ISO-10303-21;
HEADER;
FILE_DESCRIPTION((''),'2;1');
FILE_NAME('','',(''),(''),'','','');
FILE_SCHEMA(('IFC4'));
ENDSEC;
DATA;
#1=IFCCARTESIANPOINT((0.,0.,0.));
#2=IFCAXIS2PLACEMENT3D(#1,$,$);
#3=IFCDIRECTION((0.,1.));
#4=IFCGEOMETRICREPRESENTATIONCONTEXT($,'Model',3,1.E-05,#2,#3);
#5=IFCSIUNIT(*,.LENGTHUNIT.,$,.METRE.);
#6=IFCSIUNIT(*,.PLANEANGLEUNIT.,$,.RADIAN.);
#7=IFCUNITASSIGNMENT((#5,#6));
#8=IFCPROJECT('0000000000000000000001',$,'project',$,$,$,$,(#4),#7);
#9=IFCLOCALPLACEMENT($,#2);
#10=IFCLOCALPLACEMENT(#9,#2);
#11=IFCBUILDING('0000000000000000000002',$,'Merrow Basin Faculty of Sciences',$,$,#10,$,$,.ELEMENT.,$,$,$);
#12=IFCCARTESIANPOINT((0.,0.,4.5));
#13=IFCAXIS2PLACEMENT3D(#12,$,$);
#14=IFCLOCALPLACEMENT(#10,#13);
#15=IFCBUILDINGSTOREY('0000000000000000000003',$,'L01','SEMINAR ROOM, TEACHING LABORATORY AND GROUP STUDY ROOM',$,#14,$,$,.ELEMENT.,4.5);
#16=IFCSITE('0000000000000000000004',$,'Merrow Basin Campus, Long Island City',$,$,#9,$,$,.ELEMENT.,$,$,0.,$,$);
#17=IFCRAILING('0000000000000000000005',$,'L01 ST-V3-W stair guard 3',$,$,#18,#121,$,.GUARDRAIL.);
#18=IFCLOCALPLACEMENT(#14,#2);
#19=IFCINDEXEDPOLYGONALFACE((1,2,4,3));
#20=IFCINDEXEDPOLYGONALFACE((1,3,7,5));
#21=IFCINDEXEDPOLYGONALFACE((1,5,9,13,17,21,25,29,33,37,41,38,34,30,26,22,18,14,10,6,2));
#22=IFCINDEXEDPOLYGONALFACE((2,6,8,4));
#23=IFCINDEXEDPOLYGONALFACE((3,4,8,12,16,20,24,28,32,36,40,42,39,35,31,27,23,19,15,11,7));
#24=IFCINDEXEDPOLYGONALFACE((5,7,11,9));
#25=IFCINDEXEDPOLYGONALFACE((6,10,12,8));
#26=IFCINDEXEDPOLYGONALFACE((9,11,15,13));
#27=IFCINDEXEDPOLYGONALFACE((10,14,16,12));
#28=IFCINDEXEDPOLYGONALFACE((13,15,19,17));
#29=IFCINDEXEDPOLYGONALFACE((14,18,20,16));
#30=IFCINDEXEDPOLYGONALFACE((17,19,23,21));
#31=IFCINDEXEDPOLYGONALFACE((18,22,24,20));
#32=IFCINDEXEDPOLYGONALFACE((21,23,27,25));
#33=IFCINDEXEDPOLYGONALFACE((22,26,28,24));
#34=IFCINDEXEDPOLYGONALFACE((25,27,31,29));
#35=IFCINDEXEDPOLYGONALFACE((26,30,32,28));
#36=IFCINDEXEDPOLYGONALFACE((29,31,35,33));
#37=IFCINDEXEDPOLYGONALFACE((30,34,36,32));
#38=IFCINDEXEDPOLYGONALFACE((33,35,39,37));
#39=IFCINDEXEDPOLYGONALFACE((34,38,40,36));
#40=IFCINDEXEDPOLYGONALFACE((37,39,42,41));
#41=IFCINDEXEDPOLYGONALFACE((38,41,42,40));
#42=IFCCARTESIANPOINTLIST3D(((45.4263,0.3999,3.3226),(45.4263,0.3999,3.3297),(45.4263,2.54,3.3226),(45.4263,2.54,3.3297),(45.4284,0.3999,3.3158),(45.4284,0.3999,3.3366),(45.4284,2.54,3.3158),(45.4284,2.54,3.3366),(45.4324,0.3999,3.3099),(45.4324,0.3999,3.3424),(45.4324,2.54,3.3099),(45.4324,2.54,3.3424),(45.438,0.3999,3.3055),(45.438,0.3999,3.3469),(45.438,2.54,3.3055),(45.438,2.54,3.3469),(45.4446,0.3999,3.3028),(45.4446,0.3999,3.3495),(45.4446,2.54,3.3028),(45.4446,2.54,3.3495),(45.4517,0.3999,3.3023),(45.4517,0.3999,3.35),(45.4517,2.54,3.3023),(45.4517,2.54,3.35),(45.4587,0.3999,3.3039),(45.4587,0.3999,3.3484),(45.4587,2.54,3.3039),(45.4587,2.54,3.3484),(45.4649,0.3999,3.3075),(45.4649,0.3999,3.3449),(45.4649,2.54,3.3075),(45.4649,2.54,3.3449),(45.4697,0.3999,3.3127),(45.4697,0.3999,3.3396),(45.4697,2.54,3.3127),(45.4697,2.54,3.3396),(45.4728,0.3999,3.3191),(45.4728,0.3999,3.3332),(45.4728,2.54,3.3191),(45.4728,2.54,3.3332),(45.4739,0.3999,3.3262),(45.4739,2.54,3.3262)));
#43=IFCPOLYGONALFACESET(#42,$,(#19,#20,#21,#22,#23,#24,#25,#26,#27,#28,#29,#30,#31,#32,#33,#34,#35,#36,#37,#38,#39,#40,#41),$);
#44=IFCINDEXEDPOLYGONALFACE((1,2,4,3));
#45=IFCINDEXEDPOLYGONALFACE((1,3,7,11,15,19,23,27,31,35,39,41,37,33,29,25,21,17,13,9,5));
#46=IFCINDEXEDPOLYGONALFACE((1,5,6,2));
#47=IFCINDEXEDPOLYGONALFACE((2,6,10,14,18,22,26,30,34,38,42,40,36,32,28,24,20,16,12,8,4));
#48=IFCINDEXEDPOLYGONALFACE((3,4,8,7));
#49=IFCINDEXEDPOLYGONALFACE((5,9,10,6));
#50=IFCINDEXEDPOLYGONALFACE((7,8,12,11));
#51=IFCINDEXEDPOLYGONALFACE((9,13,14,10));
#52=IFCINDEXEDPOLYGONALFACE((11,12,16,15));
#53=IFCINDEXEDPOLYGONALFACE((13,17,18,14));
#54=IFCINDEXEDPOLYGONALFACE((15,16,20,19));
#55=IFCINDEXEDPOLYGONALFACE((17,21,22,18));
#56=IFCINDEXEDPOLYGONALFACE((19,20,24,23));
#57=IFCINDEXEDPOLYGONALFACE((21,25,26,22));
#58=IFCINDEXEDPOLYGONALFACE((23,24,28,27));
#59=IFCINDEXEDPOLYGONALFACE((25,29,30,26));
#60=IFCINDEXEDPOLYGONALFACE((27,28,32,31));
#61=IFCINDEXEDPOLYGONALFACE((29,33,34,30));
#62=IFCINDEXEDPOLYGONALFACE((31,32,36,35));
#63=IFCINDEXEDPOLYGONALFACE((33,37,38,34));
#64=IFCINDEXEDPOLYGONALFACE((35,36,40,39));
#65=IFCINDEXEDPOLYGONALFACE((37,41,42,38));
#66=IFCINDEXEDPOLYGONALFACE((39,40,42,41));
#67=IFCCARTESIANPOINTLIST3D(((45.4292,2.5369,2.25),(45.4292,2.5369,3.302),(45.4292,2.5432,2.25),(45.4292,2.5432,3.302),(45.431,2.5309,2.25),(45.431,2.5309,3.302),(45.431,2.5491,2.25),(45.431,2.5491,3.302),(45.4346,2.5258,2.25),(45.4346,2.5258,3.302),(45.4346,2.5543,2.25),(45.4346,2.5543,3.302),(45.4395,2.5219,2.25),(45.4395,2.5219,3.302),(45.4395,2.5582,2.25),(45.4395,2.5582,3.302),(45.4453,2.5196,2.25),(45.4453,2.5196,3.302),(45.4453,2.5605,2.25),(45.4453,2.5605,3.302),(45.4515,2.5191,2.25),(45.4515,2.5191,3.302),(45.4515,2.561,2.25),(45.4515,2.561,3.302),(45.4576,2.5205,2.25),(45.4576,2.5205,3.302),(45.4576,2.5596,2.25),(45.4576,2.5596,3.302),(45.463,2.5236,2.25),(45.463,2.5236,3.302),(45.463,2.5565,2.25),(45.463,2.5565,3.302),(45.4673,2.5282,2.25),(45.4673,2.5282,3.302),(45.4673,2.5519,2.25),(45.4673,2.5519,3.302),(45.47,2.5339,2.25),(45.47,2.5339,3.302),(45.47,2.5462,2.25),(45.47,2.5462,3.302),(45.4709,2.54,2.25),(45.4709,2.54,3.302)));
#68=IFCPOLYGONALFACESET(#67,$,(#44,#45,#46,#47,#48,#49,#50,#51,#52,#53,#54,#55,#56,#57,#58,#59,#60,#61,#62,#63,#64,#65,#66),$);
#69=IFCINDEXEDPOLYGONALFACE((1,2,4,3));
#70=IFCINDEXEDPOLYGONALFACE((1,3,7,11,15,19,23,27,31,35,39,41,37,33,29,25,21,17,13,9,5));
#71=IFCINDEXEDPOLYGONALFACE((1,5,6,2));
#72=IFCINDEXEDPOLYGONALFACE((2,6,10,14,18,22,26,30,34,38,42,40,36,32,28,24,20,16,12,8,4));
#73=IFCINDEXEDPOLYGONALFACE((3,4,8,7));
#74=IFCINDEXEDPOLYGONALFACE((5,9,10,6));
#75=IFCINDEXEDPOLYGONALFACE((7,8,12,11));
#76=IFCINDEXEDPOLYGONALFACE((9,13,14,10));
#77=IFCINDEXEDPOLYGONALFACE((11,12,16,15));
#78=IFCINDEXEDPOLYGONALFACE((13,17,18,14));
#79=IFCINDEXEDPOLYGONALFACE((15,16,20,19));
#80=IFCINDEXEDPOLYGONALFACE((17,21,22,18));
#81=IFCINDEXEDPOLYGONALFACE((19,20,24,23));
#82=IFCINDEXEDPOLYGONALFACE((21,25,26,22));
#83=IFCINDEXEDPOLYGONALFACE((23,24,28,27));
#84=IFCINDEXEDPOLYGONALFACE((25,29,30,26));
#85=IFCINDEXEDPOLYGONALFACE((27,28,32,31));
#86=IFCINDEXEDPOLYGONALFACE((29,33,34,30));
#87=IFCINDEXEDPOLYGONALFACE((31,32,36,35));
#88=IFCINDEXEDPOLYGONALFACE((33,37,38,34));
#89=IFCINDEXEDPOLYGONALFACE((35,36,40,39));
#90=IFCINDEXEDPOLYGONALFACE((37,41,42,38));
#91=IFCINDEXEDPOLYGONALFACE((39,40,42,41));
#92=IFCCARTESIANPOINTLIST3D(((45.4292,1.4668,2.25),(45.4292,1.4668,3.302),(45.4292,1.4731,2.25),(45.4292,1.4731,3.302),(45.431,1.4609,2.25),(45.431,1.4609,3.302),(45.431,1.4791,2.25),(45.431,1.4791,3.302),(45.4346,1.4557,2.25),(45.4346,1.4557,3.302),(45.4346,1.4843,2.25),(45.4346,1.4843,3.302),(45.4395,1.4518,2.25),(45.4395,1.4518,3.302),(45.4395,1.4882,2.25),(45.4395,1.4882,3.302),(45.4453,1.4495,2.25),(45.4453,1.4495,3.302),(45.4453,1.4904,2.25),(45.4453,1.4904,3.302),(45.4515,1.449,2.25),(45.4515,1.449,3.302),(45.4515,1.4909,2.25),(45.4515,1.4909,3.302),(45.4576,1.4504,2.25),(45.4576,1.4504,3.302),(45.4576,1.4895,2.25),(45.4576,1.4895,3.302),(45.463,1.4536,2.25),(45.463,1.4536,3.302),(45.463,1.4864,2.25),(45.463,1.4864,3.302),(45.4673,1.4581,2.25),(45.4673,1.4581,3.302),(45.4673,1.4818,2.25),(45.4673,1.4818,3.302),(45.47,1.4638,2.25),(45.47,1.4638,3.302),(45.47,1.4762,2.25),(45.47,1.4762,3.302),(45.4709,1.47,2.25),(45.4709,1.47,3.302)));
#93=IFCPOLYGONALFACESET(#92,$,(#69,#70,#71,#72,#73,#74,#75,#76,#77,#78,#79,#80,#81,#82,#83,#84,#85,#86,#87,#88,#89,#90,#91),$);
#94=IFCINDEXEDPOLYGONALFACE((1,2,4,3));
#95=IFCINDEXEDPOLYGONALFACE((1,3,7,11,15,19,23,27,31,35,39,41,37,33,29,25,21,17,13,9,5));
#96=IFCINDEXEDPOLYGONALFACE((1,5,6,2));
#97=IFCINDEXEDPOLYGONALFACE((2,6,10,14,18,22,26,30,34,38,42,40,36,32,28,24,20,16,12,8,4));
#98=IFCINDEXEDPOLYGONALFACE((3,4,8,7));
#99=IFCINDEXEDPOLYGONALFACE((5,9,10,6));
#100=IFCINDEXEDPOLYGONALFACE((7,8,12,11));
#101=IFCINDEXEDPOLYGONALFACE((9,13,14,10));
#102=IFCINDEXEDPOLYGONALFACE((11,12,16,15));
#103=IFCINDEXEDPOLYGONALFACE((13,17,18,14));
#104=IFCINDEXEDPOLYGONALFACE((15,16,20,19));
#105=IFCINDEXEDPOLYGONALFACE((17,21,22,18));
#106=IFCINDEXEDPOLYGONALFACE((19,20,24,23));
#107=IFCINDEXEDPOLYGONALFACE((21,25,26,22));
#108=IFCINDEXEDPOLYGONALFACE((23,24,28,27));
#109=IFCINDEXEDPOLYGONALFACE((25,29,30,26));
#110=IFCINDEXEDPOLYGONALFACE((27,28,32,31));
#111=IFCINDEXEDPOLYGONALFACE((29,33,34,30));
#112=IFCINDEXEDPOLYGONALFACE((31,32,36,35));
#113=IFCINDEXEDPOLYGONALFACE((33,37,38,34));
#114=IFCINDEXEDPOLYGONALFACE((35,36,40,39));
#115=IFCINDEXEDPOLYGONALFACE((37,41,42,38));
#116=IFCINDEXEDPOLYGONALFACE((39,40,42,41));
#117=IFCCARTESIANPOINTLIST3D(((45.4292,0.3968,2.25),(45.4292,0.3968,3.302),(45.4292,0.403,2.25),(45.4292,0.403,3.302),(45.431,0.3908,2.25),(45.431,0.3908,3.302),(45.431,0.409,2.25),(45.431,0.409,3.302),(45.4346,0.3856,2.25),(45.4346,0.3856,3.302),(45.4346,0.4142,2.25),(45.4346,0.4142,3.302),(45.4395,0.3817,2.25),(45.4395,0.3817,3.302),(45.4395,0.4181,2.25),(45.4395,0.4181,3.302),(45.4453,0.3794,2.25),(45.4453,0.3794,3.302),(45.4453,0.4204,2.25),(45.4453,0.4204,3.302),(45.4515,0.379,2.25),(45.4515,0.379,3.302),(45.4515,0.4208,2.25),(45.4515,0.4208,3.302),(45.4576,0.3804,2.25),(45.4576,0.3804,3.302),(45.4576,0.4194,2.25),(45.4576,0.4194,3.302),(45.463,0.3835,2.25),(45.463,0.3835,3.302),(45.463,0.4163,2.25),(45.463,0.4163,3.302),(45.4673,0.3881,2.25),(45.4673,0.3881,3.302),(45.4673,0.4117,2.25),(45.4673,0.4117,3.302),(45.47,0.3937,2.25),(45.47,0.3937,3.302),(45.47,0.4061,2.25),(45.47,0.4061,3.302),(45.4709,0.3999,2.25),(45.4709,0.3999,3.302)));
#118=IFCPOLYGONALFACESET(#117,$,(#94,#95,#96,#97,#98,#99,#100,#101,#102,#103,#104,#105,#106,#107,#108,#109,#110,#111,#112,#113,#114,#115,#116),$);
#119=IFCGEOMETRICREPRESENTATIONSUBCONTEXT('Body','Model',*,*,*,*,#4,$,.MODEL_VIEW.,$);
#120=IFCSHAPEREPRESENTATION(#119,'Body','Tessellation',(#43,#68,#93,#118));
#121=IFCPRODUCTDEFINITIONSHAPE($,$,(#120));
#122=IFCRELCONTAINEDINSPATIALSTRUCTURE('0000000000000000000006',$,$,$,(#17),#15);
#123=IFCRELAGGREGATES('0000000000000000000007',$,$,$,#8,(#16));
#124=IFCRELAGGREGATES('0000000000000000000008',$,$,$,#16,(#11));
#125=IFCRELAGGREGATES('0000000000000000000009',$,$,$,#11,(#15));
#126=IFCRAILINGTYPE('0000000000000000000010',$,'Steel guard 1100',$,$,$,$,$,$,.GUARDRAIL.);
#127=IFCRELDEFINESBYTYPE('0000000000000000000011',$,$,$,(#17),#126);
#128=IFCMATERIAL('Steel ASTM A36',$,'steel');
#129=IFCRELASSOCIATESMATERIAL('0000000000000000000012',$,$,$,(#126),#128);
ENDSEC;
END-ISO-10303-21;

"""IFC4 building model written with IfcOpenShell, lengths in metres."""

from ifc_helpers import new_model, si_unit, direction, frame, origin, origin_2d, place, context, subcontext, project, spatial, circle, extrude, material, type_object, element, save


model = new_model("IFC4")

# Units and contexts
model_context = context("Model", 3, precision=1e-05, world=origin(), true_north=direction((0.0, 1.0)))
body_context = subcontext(model_context, "Body", "Model", "MODEL_VIEW")
ifc_project = project(units=[si_unit("LENGTHUNIT", "METRE"), si_unit("PLANEANGLEUNIT", "RADIAN")], contexts=[model_context])

# Site, building, storey
site_placement = place(None, origin())
site = spatial("IfcSite", under=ifc_project, at=site_placement, Name="Merrow Basin Campus, Long Island City", CompositionType="ELEMENT", RefElevation=0.0)
building_placement = place(site_placement, origin())
building = spatial("IfcBuilding", under=site, at=building_placement, Name="Merrow Basin Faculty of Sciences", CompositionType="ELEMENT")
storey_placement = place(building_placement, frame((0.0, 0.0, 4.5)))
storey = spatial("IfcBuildingStorey", under=building, at=storey_placement, Name="L01", Description="SEMINAR ROOM, TEACHING LABORATORY AND GROUP STUDY ROOM", CompositionType="ELEMENT", Elevation=4.5)

# Railing
ifc_material_1 = material(Name="Steel ASTM A36", Category="steel")
railing_type = type_object("IfcRailingType", Name="Steel guard 1100", PredefinedType="GUARDRAIL", material=ifc_material_1)
railing_1_placement = place(storey_placement, frame((45.45, 2.54, 2.25)))
element("IfcRailing", 1, at=railing_1_placement, inside=storey, type_object=railing_type, Name="L01 ST-V3-W stair guard 3", PredefinedType="GUARDRAIL", context=body_context, shape_type="SweptSolid", body=[
    extrude(circle(Radius=0.0239, at=origin_2d()), frame((0.0, 0.0, 1.0762), z_axis=(0.0, -1.0, 0.0), x_axis=(1.0, 0.0, 0.0)), (0.0, 0.0, 1.0), 2.1401),
    extrude(circle(Radius=0.021, at=origin_2d()), origin(), (0.0, 0.0, 1.0), 1.052),
    extrude(circle(Radius=0.021, at=origin_2d()), frame((0.0, -1.0701, 0.0)), (0.0, 0.0, 1.0), 1.052),
    extrude(circle(Radius=0.021, at=origin_2d()), frame((0.0, -2.1401, 0.0)), (0.0, 0.0, 1.0), 1.052),
])

save(model, "model.ifc")
